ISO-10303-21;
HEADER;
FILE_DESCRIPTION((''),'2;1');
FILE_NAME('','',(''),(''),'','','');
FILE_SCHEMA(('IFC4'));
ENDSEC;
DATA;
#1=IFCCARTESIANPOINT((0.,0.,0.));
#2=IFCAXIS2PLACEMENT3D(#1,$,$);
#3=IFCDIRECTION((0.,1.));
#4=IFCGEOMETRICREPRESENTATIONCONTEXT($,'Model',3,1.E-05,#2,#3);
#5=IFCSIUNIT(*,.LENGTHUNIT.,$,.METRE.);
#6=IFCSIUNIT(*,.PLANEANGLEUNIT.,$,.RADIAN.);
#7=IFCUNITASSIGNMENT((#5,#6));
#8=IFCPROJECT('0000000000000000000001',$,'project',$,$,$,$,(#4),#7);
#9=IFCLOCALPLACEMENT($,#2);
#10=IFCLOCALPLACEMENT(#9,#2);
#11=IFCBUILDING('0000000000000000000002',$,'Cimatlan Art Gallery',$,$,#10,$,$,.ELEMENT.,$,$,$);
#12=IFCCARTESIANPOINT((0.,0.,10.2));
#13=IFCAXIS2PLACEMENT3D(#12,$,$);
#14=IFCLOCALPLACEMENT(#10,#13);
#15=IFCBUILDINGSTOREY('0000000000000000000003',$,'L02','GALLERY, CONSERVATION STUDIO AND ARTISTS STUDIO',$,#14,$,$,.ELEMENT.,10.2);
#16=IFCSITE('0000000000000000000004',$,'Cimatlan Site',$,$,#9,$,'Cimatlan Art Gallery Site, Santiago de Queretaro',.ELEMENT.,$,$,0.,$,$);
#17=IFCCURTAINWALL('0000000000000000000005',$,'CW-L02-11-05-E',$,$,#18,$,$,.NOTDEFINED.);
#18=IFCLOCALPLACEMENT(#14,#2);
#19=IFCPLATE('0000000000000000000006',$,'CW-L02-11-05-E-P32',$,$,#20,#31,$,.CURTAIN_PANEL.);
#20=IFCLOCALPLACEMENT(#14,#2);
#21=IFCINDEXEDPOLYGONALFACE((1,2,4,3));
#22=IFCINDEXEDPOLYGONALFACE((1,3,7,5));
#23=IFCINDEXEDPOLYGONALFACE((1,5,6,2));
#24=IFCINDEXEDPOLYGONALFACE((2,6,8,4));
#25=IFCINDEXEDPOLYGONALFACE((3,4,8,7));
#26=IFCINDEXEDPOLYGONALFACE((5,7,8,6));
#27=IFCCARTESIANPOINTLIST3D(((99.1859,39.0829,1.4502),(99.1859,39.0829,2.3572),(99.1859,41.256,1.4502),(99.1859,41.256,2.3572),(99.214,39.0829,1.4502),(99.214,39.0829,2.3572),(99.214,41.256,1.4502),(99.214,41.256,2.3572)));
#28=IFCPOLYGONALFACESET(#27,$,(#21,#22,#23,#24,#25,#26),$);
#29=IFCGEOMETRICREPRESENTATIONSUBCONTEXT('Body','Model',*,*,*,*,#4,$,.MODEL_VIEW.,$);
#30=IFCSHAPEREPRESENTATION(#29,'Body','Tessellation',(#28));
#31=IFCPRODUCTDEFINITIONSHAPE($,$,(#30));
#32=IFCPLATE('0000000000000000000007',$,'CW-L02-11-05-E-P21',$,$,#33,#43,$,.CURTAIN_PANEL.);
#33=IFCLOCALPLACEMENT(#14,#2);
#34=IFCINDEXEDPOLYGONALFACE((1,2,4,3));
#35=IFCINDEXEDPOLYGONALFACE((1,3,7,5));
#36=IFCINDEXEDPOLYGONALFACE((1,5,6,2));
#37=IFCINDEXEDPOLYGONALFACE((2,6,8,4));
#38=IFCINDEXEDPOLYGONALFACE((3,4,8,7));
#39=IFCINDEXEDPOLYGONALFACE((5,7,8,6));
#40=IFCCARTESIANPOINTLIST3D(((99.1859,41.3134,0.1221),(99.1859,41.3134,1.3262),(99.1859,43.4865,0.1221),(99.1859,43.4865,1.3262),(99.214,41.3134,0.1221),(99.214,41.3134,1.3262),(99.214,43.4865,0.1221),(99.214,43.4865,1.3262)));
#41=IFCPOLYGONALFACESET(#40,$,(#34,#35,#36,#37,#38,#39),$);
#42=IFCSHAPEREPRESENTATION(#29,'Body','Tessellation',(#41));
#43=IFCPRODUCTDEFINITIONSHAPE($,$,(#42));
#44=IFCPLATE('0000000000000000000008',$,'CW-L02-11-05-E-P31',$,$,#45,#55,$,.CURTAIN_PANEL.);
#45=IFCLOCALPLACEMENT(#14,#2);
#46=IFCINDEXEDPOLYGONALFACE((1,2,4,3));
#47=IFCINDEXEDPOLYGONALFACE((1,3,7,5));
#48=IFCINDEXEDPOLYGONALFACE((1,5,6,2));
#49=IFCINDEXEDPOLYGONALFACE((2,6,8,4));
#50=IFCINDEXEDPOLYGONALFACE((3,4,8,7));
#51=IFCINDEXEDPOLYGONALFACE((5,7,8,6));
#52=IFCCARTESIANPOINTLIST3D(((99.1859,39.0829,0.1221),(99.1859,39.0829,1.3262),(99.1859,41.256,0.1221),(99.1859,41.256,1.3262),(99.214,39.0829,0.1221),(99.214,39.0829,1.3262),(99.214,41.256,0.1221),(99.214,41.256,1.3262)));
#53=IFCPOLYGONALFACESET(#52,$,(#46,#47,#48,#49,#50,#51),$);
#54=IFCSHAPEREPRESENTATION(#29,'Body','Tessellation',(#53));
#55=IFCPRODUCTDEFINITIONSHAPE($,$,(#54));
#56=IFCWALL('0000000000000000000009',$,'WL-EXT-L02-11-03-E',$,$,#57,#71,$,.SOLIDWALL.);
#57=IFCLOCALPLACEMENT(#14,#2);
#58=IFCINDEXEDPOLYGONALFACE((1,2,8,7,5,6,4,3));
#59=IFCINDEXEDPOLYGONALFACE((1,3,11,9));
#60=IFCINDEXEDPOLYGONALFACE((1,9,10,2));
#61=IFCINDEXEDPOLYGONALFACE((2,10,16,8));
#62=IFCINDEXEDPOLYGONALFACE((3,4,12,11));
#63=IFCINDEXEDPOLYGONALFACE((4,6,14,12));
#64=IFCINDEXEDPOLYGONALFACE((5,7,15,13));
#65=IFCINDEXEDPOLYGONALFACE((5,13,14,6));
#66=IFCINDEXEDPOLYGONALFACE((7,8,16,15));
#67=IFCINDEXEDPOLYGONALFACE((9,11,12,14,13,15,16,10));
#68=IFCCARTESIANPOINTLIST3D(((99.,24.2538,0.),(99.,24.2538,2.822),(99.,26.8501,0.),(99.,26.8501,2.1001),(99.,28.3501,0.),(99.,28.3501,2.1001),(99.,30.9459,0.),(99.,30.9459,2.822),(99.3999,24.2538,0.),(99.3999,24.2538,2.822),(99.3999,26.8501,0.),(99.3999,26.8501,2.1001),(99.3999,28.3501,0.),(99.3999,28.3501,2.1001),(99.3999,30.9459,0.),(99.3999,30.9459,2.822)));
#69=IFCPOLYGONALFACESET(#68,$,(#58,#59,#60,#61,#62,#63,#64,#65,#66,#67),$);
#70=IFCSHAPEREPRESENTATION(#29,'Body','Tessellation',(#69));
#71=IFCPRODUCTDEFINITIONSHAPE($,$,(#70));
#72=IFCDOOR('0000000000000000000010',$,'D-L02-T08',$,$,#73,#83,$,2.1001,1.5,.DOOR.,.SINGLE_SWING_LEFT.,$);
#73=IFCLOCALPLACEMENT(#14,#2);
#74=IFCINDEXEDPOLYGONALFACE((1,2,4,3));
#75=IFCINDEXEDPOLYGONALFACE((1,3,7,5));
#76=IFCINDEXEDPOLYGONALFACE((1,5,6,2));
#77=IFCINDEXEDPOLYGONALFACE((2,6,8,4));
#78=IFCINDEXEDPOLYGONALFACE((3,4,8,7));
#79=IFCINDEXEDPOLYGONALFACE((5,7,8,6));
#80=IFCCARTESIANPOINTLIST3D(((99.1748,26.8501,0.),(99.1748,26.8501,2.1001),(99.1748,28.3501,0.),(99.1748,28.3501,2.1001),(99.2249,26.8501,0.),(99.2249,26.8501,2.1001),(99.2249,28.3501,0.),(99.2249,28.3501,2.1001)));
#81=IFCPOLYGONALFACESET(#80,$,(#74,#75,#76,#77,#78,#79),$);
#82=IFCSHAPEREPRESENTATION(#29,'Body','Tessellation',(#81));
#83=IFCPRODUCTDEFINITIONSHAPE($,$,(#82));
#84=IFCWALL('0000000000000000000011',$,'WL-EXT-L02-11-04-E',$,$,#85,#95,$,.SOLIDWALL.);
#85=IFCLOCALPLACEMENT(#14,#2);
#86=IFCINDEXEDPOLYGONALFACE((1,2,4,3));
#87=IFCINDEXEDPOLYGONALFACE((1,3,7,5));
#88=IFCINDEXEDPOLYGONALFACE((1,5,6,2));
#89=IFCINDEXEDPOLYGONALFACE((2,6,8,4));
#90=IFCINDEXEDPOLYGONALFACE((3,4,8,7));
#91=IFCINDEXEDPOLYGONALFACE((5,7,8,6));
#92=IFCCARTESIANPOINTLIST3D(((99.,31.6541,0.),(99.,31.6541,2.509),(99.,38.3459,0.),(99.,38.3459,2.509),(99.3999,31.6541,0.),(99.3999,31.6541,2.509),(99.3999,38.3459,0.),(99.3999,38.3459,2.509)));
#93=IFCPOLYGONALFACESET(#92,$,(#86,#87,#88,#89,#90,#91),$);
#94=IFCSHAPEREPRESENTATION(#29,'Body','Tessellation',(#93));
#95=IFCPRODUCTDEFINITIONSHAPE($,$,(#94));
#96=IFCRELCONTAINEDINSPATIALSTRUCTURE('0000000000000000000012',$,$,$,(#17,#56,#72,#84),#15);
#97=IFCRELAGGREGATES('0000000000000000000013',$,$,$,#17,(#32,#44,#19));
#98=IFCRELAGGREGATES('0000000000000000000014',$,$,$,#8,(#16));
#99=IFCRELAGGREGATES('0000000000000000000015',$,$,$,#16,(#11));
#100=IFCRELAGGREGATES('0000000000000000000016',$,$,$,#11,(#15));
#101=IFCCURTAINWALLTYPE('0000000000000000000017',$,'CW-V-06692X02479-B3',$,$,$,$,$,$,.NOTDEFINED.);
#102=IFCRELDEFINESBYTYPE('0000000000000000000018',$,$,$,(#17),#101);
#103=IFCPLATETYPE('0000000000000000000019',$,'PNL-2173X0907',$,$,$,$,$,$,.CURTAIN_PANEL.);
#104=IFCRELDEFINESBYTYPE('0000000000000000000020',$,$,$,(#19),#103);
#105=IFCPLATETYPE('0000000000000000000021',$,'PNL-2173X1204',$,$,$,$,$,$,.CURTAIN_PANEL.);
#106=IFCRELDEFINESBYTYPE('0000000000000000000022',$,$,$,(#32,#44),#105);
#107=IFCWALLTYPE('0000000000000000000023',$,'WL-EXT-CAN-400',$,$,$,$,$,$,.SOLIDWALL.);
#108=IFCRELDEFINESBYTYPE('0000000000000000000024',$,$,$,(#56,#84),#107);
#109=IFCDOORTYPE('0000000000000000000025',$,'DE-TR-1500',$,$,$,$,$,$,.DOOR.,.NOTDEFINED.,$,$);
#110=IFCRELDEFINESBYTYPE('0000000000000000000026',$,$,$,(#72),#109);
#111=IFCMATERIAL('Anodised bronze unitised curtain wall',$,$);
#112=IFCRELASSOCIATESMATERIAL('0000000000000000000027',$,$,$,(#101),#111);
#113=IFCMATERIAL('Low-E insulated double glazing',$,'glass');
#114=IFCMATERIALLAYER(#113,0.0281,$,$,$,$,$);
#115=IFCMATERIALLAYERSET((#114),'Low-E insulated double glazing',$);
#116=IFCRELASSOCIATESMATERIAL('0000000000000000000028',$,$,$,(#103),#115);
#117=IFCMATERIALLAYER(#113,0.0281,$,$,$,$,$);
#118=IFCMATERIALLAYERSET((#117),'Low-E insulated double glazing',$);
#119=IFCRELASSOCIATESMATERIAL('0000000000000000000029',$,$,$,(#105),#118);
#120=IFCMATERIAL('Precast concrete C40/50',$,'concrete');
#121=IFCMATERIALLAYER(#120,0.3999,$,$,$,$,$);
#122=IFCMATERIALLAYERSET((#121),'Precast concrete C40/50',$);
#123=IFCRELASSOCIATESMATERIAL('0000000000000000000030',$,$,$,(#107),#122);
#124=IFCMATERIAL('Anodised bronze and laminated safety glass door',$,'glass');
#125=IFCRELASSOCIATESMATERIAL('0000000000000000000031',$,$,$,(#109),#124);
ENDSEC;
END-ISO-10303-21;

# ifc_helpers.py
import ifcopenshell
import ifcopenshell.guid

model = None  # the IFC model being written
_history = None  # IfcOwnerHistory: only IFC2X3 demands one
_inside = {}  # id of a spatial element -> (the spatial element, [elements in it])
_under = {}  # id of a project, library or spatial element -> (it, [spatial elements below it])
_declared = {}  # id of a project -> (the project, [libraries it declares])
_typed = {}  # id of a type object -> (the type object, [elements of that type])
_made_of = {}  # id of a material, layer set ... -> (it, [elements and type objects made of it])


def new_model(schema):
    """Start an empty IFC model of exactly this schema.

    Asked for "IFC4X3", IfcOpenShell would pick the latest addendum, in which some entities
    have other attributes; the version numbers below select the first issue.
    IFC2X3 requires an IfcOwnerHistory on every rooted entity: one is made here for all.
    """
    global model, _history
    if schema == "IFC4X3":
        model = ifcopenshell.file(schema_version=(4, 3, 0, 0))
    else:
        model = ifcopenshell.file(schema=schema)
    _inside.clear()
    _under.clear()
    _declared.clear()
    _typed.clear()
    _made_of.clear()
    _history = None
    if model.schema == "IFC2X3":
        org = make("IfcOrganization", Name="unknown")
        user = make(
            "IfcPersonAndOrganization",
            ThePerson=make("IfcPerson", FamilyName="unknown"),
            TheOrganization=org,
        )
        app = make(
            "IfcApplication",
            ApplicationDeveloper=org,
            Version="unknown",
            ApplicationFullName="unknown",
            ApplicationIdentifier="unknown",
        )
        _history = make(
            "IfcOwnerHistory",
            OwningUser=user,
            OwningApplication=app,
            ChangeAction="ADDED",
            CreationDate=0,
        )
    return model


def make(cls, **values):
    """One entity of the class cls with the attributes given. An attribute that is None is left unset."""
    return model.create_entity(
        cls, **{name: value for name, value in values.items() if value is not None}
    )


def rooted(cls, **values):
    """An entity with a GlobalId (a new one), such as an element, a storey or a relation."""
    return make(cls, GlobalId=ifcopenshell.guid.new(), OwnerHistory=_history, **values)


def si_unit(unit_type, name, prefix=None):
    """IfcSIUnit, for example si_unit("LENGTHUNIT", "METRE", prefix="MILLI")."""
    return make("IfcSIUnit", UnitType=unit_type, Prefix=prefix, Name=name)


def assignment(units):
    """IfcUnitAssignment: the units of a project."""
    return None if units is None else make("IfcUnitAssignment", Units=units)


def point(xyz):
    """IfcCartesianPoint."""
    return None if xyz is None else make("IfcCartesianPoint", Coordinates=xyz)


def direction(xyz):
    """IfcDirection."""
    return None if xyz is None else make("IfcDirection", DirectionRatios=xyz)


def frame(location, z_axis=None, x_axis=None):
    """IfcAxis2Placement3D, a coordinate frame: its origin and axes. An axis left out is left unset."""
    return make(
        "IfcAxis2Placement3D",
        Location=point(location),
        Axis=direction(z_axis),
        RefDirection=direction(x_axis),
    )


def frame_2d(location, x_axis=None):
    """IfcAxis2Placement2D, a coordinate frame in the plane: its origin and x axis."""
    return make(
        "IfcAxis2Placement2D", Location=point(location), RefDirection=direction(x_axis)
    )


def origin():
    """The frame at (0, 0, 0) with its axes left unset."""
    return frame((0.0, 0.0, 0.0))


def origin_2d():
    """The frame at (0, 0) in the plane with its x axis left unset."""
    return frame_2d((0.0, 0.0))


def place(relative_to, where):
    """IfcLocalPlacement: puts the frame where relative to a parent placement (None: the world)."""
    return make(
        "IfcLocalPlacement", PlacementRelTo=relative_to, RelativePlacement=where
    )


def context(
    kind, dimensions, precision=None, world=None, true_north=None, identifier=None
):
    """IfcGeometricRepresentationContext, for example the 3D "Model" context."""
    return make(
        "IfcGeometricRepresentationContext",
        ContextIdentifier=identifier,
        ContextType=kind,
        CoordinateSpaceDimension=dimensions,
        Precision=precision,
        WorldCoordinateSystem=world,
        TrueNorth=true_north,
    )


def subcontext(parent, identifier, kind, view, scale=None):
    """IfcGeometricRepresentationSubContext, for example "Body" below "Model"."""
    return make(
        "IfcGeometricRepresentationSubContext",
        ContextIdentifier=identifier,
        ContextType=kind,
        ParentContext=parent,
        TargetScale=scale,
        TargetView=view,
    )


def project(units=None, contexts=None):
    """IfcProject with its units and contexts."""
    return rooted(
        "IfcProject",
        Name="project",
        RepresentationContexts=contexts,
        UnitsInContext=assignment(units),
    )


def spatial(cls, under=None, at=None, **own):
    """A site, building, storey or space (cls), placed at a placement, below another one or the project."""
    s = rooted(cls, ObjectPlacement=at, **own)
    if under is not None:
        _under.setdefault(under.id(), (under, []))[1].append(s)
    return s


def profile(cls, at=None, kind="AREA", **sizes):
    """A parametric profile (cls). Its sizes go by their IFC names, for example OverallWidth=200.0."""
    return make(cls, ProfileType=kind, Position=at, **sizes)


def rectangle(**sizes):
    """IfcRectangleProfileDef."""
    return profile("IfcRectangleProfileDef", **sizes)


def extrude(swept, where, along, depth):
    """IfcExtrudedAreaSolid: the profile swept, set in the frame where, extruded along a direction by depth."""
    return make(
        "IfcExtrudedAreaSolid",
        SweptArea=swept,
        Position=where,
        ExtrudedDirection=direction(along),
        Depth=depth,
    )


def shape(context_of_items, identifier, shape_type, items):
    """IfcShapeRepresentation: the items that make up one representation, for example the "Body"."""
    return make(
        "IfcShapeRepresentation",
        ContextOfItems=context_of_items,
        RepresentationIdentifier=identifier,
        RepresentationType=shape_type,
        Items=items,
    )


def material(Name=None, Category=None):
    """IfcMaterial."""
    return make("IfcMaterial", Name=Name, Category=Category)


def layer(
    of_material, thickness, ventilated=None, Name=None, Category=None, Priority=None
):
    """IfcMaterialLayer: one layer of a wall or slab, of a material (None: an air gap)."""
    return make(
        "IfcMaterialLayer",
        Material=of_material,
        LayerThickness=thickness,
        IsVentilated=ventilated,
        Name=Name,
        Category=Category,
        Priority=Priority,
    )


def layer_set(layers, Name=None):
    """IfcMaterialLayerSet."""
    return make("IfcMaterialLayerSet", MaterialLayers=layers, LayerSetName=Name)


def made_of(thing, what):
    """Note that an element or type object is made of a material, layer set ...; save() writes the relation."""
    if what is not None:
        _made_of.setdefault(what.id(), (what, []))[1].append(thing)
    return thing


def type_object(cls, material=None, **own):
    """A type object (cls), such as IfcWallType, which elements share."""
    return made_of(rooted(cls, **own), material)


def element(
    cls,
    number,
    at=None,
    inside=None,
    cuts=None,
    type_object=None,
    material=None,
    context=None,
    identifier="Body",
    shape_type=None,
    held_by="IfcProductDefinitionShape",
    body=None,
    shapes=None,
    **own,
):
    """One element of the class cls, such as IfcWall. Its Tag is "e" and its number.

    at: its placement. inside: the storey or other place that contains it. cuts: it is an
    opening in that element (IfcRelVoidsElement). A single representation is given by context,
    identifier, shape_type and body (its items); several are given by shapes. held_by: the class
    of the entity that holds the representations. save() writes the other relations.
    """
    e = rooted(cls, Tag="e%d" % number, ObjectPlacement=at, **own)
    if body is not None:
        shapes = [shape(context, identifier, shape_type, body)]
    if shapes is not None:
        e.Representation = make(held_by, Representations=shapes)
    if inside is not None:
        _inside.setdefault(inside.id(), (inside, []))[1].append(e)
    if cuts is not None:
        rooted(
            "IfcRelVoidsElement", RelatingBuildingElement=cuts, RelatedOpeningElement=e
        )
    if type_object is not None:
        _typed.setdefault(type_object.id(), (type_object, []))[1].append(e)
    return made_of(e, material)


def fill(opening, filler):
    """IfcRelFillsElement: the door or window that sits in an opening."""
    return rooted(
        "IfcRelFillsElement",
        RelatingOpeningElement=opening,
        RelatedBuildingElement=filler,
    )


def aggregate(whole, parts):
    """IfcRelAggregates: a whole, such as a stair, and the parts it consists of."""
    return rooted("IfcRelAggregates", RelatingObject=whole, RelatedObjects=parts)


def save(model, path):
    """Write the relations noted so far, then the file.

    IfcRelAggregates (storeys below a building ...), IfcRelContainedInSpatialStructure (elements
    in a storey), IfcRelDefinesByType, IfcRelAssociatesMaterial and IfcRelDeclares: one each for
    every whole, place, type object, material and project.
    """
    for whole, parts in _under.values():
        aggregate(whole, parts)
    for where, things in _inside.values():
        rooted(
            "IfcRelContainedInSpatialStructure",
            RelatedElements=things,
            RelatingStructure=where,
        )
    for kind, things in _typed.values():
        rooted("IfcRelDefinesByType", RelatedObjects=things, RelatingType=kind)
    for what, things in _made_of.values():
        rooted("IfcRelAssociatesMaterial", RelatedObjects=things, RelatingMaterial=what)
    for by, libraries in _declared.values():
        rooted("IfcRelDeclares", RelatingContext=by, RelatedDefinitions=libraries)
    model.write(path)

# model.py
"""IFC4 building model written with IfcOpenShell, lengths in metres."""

from ifc_helpers import new_model, si_unit, direction, frame, frame_2d, origin, origin_2d, place, context, subcontext, project, spatial, rectangle, extrude, material, layer, layer_set, type_object, element, fill, aggregate, save


model = new_model("IFC4")

# Units and contexts
model_context = context("Model", 3, precision=1e-05, world=origin(), true_north=direction((0.0, 1.0)))
body_context = subcontext(model_context, "Body", "Model", "MODEL_VIEW")
ifc_project = project(units=[si_unit("LENGTHUNIT", "METRE"), si_unit("PLANEANGLEUNIT", "RADIAN")], contexts=[model_context])

# Site, building, storey
site_placement = place(None, origin())
site = spatial("IfcSite", under=ifc_project, at=site_placement, Name="Cimatlan Site", LongName="Cimatlan Art Gallery Site, Santiago de Queretaro", CompositionType="ELEMENT", RefElevation=0.0)
building_placement = place(site_placement, origin())
building = spatial("IfcBuilding", under=site, at=building_placement, Name="Cimatlan Art Gallery", CompositionType="ELEMENT")
storey_placement = place(building_placement, frame((0.0, 0.0, 10.2)))
storey = spatial("IfcBuildingStorey", under=building, at=storey_placement, Name="L02", Description="GALLERY, CONSERVATION STUDIO AND ARTISTS STUDIO", CompositionType="ELEMENT", Elevation=10.2)

# Curtain wall, plates
ifc_material_1 = material(Name="Anodised bronze unitised curtain wall")
curtain_wall_type = type_object("IfcCurtainWallType", Name="CW-V-06692X02479-B3", PredefinedType="NOTDEFINED", material=ifc_material_1)
curtain_wall_placement = place(storey_placement, origin())
curtain_wall = element("IfcCurtainWall", 1, at=curtain_wall_placement, inside=storey, type_object=curtain_wall_type, Name="CW-L02-11-05-E", PredefinedType="NOTDEFINED")
ifc_material_2 = material(Name="Low-E insulated double glazing", Category="glass")
ifc_layer_1 = layer(ifc_material_2, 0.0281)
ifc_layer_set_1 = layer_set([ifc_layer_1], Name="Low-E insulated double glazing")
plate_type_1 = type_object("IfcPlateType", Name="PNL-2173X0907", PredefinedType="CURTAIN_PANEL", material=ifc_layer_set_1)
plate_1_placement = place(storey_placement, frame((99.2, 40.1694, 1.4502), z_axis=(0.0, 0.0, 1.0), x_axis=(0.0, -1.0, 0.0)))
plate_1 = element("IfcPlate", 2, at=plate_1_placement, type_object=plate_type_1, Name="CW-L02-11-05-E-P32", PredefinedType="CURTAIN_PANEL", context=body_context, shape_type="SweptSolid", body=[
    extrude(rectangle(XDim=2.1731, YDim=0.0281, at=origin_2d()), origin(), (0.0, 0.0, 1.0), 0.907),
])
ifc_layer_2 = layer(ifc_material_2, 0.0281)
ifc_layer_set_2 = layer_set([ifc_layer_2], Name="Low-E insulated double glazing")
plate_type_2 = type_object("IfcPlateType", Name="PNL-2173X1204", PredefinedType="CURTAIN_PANEL", material=ifc_layer_set_2)
plate_2_placement = place(storey_placement, frame((99.2, 42.3999, 0.1221), z_axis=(0.0, 0.0, 1.0), x_axis=(0.0, -1.0, 0.0)))
plate_2 = element("IfcPlate", 3, at=plate_2_placement, type_object=plate_type_2, Name="CW-L02-11-05-E-P21", PredefinedType="CURTAIN_PANEL", context=body_context, shape_type="SweptSolid", body=[
    extrude(rectangle(XDim=2.1731, YDim=0.0281, at=origin_2d()), origin(), (0.0, 0.0, 1.0), 1.2041),
])
plate_3_placement = place(storey_placement, frame((99.2, 40.1694, 0.1221), z_axis=(0.0, 0.0, 1.0), x_axis=(0.0, -1.0, 0.0)))
plate_3 = element("IfcPlate", 4, at=plate_3_placement, type_object=plate_type_2, Name="CW-L02-11-05-E-P31", PredefinedType="CURTAIN_PANEL", context=body_context, shape_type="SweptSolid", body=[
    extrude(rectangle(XDim=2.1731, YDim=0.0281, at=origin_2d()), origin(), (0.0, 0.0, 1.0), 1.2041),
])
aggregate(curtain_wall, [plate_2, plate_3, plate_1])

# Wall, opening, door
ifc_material_3 = material(Name="Precast concrete C40/50", Category="concrete")
ifc_layer_3 = layer(ifc_material_3, 0.3999)
ifc_layer_set_3 = layer_set([ifc_layer_3], Name="Precast concrete C40/50")
wall_type = type_object("IfcWallType", Name="WL-EXT-CAN-400", PredefinedType="SOLIDWALL", material=ifc_layer_set_3)
wall_1_placement = place(storey_placement, frame((99.2, 30.946, 0.0), z_axis=(0.0, 0.0, 1.0), x_axis=(0.0, -1.0, 0.0)))
wall_1 = element("IfcWall", 5, at=wall_1_placement, inside=storey, type_object=wall_type, Name="WL-EXT-L02-11-03-E", PredefinedType="SOLIDWALL", context=body_context, shape_type="SweptSolid", body=[
    extrude(rectangle(XDim=6.6921, YDim=0.3999, at=frame_2d((3.3462, 0.0))), origin(), (0.0, 0.0, 1.0), 2.822),
])
opening_placement = place(wall_1_placement, frame((2.5959, 0.0, 0.0)))
opening = element("IfcOpeningElement", 6, at=opening_placement, cuts=wall_1, PredefinedType="OPENING", context=body_context, shape_type="SweptSolid", body=[
    extrude(rectangle(XDim=1.5, YDim=2.1001, at=frame_2d((0.75, 1.05))), frame((0.0, 0.21, 0.0), z_axis=(0.0, -1.0, 0.0), x_axis=(1.0, 0.0, 0.0)), (0.0, 0.0, 1.0), 0.4199),
])
ifc_material_4 = material(Name="Anodised bronze and laminated safety glass door", Category="glass")
door_type = type_object("IfcDoorType", Name="DE-TR-1500", OperationType="NOTDEFINED", PredefinedType="DOOR", material=ifc_material_4)
door_placement = place(opening_placement, origin())
door = element("IfcDoor", 7, at=door_placement, inside=storey, type_object=door_type, Name="D-L02-T08", OperationType="SINGLE_SWING_LEFT", OverallHeight=2.1001, OverallWidth=1.5, PredefinedType="DOOR", context=body_context, shape_type="SweptSolid", body=[
    extrude(rectangle(XDim=1.5, YDim=2.1001, at=frame_2d((0.75, 1.05))), frame((0.0, 0.0249, 0.0), z_axis=(0.0, -1.0, 0.0), x_axis=(1.0, 0.0, 0.0)), (0.0, 0.0, 1.0), 0.05),
])
fill(opening, door)

# Wall
wall_2_placement = place(storey_placement, frame((99.2, 38.3459, 0.0), z_axis=(0.0, 0.0, 1.0), x_axis=(0.0, -1.0, 0.0)))
element("IfcWall", 8, at=wall_2_placement, inside=storey, type_object=wall_type, Name="WL-EXT-L02-11-04-E", PredefinedType="SOLIDWALL", context=body_context, shape_type="SweptSolid", body=[
    extrude(rectangle(XDim=6.6919, YDim=0.3999, at=frame_2d((3.3459, 0.0))), origin(), (0.0, 0.0, 1.0), 2.509),
])

save(model, "model.ifc")
